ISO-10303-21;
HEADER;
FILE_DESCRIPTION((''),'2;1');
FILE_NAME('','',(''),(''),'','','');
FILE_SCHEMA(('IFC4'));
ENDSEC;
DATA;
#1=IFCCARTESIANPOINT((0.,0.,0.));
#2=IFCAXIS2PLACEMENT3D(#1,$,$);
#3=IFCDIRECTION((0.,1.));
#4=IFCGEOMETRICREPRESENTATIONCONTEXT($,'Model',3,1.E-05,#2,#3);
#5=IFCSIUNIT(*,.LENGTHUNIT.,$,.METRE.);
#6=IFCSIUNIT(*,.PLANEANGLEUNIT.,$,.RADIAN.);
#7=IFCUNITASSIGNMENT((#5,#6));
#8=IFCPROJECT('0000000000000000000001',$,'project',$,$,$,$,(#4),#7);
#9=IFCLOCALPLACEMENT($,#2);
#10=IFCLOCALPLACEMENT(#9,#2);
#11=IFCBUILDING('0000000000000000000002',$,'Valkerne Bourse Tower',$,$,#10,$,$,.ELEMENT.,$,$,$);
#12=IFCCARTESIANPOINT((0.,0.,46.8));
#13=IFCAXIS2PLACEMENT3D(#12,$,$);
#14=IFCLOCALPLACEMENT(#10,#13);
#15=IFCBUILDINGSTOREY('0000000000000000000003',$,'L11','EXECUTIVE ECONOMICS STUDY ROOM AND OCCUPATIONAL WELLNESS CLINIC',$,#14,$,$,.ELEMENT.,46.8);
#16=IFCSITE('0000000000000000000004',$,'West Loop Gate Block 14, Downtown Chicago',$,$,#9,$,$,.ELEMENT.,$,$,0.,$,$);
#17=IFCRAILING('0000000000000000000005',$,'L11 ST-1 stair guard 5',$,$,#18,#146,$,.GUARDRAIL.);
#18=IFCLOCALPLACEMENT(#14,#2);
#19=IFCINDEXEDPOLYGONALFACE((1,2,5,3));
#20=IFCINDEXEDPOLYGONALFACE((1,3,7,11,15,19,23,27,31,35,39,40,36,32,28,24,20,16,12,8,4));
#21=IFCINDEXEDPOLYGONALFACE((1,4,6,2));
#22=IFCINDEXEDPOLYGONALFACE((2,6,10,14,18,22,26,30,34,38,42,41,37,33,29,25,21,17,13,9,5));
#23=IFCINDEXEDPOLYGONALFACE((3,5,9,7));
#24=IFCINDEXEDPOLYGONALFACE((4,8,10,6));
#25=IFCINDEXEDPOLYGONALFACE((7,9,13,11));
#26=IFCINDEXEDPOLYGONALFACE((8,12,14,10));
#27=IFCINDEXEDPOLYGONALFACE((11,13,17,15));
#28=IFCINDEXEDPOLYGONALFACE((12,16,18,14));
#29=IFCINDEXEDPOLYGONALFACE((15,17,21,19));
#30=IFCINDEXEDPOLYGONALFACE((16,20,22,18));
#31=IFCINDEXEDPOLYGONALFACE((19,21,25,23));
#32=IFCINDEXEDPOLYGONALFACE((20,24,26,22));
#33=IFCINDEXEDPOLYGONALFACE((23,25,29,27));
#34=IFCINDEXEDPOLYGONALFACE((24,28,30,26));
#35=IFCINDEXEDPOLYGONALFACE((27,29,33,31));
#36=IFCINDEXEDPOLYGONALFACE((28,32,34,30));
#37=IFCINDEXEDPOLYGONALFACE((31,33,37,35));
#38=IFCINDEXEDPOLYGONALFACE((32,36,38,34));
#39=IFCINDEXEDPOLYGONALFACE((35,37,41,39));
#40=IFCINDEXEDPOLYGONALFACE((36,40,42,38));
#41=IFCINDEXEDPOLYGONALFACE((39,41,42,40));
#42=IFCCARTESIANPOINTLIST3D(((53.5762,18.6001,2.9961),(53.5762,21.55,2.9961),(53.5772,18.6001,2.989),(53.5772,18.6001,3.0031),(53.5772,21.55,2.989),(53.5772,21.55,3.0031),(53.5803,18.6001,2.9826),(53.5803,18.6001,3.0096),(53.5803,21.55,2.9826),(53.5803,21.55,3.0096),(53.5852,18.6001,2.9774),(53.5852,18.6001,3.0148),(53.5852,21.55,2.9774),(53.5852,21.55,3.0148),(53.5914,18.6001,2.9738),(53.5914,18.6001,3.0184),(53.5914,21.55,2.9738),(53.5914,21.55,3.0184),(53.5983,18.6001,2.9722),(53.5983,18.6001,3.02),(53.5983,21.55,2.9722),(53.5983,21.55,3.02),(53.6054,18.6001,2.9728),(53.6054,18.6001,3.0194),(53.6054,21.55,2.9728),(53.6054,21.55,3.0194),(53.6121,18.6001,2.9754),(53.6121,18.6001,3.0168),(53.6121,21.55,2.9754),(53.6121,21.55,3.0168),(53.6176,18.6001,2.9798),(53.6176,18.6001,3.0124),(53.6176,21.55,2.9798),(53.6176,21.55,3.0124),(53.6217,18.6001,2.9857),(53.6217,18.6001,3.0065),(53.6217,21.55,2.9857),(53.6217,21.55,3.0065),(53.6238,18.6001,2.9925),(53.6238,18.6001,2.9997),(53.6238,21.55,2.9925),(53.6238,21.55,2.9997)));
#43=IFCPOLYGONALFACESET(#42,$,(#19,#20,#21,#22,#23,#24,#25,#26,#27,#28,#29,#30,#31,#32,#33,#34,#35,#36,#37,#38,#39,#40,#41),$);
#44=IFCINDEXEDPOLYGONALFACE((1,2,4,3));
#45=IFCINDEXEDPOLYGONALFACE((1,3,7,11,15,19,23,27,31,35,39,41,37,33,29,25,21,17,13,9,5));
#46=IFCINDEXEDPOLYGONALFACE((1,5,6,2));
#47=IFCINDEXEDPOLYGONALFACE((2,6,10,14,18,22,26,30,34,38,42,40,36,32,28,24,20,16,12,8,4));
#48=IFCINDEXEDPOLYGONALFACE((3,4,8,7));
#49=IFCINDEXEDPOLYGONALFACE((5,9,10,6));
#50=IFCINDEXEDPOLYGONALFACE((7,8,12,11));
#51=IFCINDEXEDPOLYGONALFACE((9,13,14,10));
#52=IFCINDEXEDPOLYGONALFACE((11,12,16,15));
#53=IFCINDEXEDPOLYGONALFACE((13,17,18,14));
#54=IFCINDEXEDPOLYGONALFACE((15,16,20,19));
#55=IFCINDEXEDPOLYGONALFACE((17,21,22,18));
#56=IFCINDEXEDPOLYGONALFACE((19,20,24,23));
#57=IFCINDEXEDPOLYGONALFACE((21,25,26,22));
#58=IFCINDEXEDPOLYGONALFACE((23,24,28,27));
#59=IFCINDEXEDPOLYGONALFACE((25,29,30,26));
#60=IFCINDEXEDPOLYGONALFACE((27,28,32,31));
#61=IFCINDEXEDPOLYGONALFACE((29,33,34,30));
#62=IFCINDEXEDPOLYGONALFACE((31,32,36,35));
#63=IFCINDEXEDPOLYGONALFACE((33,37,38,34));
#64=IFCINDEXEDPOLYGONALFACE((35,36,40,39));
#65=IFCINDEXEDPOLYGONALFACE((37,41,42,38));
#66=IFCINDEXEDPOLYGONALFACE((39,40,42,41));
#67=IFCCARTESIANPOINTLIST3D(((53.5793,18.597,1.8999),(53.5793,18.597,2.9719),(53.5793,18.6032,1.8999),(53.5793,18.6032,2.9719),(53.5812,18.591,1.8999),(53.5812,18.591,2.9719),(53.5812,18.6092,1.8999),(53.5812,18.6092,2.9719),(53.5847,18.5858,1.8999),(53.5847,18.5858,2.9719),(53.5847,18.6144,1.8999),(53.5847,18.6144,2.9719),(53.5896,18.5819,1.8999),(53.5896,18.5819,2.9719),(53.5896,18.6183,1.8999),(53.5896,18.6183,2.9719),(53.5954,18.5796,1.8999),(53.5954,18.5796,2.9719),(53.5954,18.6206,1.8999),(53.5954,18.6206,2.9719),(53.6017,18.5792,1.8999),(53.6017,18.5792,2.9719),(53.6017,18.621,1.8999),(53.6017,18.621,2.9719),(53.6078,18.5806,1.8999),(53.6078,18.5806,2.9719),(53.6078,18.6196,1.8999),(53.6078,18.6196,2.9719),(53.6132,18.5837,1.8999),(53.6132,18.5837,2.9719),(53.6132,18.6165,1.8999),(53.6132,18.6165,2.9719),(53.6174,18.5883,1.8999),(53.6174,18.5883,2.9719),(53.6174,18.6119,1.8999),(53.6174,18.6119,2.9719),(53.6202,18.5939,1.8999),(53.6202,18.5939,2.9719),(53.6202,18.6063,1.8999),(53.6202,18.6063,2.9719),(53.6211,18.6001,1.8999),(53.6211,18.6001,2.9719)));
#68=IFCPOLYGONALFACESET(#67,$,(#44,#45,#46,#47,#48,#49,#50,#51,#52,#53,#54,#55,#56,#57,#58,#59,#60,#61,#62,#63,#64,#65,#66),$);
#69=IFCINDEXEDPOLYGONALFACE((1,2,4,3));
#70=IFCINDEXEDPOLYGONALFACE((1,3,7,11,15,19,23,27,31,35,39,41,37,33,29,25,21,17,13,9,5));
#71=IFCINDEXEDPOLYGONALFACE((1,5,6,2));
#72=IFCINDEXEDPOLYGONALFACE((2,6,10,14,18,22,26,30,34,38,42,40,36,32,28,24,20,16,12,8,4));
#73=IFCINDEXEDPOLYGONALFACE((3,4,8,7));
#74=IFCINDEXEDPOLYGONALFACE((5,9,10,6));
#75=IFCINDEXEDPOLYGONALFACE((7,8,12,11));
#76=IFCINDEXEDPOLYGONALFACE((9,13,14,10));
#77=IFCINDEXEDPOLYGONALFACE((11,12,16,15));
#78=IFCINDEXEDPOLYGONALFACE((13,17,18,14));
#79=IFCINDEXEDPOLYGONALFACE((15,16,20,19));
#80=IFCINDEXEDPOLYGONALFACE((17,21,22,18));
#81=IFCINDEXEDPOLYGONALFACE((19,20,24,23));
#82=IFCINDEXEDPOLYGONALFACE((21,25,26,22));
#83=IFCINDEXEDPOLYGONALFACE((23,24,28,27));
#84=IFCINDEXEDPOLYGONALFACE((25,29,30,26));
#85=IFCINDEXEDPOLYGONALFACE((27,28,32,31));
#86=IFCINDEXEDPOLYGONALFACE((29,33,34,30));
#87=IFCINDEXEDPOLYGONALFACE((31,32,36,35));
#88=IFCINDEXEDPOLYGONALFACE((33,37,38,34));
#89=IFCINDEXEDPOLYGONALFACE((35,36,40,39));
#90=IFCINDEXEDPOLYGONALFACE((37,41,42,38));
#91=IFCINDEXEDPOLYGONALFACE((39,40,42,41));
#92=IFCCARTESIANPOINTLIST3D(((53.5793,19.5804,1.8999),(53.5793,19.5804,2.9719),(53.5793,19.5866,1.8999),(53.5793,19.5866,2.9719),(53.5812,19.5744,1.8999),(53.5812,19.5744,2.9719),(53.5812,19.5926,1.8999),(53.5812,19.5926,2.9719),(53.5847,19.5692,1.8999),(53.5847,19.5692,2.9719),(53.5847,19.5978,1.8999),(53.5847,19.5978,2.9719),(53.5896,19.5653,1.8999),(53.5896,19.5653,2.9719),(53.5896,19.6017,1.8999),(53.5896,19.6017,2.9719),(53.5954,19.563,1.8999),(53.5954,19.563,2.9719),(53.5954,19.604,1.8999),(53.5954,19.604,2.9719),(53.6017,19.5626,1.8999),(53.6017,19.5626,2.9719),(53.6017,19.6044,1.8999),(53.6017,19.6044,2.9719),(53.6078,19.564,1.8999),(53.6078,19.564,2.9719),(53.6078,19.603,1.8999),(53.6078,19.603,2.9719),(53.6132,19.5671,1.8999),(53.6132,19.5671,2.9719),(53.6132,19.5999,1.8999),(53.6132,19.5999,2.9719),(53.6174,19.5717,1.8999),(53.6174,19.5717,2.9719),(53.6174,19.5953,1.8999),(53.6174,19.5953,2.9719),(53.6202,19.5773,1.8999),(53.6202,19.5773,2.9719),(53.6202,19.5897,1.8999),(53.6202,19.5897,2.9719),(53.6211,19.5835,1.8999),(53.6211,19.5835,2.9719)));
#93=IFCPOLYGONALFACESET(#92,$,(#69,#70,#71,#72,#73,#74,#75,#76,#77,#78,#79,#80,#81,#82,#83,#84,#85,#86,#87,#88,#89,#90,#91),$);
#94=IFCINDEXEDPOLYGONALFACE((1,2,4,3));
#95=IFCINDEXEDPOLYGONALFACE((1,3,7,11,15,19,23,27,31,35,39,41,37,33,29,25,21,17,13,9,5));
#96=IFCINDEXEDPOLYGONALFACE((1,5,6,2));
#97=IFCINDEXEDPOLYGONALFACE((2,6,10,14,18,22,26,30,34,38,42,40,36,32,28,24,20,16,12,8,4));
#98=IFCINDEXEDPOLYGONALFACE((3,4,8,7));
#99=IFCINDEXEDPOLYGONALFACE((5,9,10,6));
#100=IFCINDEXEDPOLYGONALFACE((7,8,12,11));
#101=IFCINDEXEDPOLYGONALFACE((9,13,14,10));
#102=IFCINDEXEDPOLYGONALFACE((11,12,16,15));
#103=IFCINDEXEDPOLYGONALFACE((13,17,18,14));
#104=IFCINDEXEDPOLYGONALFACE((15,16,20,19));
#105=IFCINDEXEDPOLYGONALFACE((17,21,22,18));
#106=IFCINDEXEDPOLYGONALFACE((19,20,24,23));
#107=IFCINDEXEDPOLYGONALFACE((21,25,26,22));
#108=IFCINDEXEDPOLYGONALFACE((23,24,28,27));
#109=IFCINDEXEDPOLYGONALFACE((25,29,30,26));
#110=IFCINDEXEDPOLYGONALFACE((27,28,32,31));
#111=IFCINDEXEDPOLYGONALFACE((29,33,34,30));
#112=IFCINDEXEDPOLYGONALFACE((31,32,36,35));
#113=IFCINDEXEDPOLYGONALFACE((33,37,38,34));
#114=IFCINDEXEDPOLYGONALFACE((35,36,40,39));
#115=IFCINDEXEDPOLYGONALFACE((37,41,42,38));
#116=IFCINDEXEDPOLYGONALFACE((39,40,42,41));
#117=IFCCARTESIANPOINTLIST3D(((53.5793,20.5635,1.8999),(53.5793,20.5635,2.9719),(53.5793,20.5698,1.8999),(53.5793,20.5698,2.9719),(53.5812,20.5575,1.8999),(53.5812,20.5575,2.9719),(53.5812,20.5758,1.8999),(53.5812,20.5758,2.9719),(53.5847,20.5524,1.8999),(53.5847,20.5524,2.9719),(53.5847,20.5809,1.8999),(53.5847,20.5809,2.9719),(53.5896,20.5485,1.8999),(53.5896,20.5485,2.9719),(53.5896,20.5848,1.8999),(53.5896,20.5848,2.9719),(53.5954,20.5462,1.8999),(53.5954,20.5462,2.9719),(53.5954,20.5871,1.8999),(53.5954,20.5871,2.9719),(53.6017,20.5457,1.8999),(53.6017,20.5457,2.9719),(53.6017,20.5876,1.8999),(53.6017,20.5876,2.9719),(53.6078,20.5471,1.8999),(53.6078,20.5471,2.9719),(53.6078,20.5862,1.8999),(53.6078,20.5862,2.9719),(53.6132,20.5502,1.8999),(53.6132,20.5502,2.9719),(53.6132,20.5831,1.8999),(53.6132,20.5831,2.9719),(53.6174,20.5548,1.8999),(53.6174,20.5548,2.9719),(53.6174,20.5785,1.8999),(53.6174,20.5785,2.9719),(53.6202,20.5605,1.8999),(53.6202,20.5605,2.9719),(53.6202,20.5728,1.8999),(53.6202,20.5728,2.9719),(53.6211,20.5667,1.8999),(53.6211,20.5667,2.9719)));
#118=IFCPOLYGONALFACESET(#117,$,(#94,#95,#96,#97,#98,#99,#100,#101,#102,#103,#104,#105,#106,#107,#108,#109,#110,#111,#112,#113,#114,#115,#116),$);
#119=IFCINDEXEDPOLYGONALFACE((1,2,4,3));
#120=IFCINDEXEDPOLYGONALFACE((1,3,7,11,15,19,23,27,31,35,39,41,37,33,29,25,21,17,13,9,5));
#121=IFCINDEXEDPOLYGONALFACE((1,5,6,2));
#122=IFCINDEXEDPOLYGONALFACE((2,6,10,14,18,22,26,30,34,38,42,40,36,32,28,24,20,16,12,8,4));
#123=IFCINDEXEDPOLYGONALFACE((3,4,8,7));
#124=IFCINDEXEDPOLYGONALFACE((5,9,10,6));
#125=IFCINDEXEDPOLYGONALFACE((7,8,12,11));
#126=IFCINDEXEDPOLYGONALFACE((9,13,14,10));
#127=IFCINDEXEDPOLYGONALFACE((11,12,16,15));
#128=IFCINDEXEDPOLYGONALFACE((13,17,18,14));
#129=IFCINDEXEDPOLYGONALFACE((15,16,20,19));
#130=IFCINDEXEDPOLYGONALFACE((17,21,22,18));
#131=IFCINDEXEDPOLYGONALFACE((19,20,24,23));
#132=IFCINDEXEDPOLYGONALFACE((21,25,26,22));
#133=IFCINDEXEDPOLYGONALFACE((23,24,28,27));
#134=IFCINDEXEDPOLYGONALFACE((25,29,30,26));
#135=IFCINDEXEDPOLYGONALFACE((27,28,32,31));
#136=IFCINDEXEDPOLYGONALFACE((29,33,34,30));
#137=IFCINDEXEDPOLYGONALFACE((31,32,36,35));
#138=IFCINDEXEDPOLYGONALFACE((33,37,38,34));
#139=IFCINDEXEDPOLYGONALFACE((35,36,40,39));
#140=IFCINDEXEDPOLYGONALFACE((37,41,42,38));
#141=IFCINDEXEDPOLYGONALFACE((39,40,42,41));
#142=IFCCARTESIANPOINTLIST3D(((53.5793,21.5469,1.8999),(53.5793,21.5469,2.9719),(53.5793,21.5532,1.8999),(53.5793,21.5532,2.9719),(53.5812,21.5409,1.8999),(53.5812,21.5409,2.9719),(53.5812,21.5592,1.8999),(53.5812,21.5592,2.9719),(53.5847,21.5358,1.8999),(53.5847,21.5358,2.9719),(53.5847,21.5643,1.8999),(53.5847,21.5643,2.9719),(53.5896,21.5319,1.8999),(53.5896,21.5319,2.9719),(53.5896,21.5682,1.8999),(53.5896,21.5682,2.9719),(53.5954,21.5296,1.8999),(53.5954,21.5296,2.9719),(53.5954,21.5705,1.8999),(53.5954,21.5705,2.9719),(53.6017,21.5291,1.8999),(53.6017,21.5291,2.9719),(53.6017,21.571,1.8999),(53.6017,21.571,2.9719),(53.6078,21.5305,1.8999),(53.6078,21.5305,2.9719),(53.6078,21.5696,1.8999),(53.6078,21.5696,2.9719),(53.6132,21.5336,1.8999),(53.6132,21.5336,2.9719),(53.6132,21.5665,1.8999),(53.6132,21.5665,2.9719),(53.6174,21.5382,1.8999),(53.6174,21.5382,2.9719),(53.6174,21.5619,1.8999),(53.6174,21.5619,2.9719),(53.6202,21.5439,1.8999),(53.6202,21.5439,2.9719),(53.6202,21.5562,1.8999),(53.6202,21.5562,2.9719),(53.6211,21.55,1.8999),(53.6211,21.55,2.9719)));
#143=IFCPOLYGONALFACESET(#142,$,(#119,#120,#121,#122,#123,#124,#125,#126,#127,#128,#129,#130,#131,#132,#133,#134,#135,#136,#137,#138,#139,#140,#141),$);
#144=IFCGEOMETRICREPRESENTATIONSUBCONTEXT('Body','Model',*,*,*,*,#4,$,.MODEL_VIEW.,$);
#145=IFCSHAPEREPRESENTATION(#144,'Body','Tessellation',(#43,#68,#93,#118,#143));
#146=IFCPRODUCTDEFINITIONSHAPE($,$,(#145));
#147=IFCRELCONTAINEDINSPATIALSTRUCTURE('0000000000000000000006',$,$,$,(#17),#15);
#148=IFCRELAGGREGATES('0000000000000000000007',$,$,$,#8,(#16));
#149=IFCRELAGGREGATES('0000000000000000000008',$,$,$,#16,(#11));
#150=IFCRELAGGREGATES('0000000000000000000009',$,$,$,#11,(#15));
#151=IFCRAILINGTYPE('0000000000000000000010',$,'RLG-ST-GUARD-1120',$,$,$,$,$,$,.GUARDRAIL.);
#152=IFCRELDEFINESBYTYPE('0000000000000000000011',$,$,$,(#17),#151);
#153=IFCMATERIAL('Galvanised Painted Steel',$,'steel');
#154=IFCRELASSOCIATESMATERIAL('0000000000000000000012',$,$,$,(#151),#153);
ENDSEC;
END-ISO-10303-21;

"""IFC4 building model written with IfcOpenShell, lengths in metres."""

from ifc_helpers import new_model, si_unit, direction, frame, origin, origin_2d, place, context, subcontext, project, spatial, circle, extrude, material, type_object, element, save


model = new_model("IFC4")

# Units and contexts
model_context = context("Model", 3, precision=1e-05, world=origin(), true_north=direction((0.0, 1.0)))
body_context = subcontext(model_context, "Body", "Model", "MODEL_VIEW")
ifc_project = project(units=[si_unit("LENGTHUNIT", "METRE"), si_unit("PLANEANGLEUNIT", "RADIAN")], contexts=[model_context])

# Site, building, storey
site_placement = place(None, origin())
site = spatial("IfcSite", under=ifc_project, at=site_placement, Name="West Loop Gate Block 14, Downtown Chicago", CompositionType="ELEMENT", RefElevation=0.0)
building_placement = place(site_placement, origin())
building = spatial("IfcBuilding", under=site, at=building_placement, Name="Valkerne Bourse Tower", CompositionType="ELEMENT")
storey_placement = place(building_placement, frame((0.0, 0.0, 46.8)))
storey = spatial("IfcBuildingStorey", under=building, at=storey_placement, Name="L11", Description="EXECUTIVE ECONOMICS STUDY ROOM AND OCCUPATIONAL WELLNESS CLINIC", CompositionType="ELEMENT", Elevation=46.8)

# Shared definitions
ifc_material_1 = material(Name="Galvanised Painted Steel", Category="steel")

# Railing
railing_type = type_object("IfcRailingType", Name="RLG-ST-GUARD-1120", PredefinedType="GUARDRAIL", material=ifc_material_1)
railing_1_placement = place(storey_placement, frame((53.6001, 18.6001, 1.8999)))
element("IfcRailing", 1, at=railing_1_placement, inside=storey, type_object=railing_type, Name="L11 ST-1 stair guard 5", PredefinedType="GUARDRAIL", context=body_context, shape_type="SweptSolid", body=[
    extrude(circle(Radius=0.0239, at=origin_2d()), frame((0.0, 0.0, 1.0962), z_axis=(0.0, 1.0, 0.0), x_axis=(-1.0, 0.0, 0.0)), (0.0, 0.0, 1.0), 2.95),
    extrude(circle(Radius=0.021, at=origin_2d()), origin(), (0.0, 0.0, 1.0), 1.072),
    extrude(circle(Radius=0.021, at=origin_2d()), frame((0.0, 0.9834, 0.0)), (0.0, 0.0, 1.0), 1.072),
    extrude(circle(Radius=0.021, at=origin_2d()), frame((0.0, 1.9666, 0.0)), (0.0, 0.0, 1.0), 1.072),
    extrude(circle(Radius=0.021, at=origin_2d()), frame((0.0, 2.95, 0.0)), (0.0, 0.0, 1.0), 1.072),
])

save(model, "model.ifc")
